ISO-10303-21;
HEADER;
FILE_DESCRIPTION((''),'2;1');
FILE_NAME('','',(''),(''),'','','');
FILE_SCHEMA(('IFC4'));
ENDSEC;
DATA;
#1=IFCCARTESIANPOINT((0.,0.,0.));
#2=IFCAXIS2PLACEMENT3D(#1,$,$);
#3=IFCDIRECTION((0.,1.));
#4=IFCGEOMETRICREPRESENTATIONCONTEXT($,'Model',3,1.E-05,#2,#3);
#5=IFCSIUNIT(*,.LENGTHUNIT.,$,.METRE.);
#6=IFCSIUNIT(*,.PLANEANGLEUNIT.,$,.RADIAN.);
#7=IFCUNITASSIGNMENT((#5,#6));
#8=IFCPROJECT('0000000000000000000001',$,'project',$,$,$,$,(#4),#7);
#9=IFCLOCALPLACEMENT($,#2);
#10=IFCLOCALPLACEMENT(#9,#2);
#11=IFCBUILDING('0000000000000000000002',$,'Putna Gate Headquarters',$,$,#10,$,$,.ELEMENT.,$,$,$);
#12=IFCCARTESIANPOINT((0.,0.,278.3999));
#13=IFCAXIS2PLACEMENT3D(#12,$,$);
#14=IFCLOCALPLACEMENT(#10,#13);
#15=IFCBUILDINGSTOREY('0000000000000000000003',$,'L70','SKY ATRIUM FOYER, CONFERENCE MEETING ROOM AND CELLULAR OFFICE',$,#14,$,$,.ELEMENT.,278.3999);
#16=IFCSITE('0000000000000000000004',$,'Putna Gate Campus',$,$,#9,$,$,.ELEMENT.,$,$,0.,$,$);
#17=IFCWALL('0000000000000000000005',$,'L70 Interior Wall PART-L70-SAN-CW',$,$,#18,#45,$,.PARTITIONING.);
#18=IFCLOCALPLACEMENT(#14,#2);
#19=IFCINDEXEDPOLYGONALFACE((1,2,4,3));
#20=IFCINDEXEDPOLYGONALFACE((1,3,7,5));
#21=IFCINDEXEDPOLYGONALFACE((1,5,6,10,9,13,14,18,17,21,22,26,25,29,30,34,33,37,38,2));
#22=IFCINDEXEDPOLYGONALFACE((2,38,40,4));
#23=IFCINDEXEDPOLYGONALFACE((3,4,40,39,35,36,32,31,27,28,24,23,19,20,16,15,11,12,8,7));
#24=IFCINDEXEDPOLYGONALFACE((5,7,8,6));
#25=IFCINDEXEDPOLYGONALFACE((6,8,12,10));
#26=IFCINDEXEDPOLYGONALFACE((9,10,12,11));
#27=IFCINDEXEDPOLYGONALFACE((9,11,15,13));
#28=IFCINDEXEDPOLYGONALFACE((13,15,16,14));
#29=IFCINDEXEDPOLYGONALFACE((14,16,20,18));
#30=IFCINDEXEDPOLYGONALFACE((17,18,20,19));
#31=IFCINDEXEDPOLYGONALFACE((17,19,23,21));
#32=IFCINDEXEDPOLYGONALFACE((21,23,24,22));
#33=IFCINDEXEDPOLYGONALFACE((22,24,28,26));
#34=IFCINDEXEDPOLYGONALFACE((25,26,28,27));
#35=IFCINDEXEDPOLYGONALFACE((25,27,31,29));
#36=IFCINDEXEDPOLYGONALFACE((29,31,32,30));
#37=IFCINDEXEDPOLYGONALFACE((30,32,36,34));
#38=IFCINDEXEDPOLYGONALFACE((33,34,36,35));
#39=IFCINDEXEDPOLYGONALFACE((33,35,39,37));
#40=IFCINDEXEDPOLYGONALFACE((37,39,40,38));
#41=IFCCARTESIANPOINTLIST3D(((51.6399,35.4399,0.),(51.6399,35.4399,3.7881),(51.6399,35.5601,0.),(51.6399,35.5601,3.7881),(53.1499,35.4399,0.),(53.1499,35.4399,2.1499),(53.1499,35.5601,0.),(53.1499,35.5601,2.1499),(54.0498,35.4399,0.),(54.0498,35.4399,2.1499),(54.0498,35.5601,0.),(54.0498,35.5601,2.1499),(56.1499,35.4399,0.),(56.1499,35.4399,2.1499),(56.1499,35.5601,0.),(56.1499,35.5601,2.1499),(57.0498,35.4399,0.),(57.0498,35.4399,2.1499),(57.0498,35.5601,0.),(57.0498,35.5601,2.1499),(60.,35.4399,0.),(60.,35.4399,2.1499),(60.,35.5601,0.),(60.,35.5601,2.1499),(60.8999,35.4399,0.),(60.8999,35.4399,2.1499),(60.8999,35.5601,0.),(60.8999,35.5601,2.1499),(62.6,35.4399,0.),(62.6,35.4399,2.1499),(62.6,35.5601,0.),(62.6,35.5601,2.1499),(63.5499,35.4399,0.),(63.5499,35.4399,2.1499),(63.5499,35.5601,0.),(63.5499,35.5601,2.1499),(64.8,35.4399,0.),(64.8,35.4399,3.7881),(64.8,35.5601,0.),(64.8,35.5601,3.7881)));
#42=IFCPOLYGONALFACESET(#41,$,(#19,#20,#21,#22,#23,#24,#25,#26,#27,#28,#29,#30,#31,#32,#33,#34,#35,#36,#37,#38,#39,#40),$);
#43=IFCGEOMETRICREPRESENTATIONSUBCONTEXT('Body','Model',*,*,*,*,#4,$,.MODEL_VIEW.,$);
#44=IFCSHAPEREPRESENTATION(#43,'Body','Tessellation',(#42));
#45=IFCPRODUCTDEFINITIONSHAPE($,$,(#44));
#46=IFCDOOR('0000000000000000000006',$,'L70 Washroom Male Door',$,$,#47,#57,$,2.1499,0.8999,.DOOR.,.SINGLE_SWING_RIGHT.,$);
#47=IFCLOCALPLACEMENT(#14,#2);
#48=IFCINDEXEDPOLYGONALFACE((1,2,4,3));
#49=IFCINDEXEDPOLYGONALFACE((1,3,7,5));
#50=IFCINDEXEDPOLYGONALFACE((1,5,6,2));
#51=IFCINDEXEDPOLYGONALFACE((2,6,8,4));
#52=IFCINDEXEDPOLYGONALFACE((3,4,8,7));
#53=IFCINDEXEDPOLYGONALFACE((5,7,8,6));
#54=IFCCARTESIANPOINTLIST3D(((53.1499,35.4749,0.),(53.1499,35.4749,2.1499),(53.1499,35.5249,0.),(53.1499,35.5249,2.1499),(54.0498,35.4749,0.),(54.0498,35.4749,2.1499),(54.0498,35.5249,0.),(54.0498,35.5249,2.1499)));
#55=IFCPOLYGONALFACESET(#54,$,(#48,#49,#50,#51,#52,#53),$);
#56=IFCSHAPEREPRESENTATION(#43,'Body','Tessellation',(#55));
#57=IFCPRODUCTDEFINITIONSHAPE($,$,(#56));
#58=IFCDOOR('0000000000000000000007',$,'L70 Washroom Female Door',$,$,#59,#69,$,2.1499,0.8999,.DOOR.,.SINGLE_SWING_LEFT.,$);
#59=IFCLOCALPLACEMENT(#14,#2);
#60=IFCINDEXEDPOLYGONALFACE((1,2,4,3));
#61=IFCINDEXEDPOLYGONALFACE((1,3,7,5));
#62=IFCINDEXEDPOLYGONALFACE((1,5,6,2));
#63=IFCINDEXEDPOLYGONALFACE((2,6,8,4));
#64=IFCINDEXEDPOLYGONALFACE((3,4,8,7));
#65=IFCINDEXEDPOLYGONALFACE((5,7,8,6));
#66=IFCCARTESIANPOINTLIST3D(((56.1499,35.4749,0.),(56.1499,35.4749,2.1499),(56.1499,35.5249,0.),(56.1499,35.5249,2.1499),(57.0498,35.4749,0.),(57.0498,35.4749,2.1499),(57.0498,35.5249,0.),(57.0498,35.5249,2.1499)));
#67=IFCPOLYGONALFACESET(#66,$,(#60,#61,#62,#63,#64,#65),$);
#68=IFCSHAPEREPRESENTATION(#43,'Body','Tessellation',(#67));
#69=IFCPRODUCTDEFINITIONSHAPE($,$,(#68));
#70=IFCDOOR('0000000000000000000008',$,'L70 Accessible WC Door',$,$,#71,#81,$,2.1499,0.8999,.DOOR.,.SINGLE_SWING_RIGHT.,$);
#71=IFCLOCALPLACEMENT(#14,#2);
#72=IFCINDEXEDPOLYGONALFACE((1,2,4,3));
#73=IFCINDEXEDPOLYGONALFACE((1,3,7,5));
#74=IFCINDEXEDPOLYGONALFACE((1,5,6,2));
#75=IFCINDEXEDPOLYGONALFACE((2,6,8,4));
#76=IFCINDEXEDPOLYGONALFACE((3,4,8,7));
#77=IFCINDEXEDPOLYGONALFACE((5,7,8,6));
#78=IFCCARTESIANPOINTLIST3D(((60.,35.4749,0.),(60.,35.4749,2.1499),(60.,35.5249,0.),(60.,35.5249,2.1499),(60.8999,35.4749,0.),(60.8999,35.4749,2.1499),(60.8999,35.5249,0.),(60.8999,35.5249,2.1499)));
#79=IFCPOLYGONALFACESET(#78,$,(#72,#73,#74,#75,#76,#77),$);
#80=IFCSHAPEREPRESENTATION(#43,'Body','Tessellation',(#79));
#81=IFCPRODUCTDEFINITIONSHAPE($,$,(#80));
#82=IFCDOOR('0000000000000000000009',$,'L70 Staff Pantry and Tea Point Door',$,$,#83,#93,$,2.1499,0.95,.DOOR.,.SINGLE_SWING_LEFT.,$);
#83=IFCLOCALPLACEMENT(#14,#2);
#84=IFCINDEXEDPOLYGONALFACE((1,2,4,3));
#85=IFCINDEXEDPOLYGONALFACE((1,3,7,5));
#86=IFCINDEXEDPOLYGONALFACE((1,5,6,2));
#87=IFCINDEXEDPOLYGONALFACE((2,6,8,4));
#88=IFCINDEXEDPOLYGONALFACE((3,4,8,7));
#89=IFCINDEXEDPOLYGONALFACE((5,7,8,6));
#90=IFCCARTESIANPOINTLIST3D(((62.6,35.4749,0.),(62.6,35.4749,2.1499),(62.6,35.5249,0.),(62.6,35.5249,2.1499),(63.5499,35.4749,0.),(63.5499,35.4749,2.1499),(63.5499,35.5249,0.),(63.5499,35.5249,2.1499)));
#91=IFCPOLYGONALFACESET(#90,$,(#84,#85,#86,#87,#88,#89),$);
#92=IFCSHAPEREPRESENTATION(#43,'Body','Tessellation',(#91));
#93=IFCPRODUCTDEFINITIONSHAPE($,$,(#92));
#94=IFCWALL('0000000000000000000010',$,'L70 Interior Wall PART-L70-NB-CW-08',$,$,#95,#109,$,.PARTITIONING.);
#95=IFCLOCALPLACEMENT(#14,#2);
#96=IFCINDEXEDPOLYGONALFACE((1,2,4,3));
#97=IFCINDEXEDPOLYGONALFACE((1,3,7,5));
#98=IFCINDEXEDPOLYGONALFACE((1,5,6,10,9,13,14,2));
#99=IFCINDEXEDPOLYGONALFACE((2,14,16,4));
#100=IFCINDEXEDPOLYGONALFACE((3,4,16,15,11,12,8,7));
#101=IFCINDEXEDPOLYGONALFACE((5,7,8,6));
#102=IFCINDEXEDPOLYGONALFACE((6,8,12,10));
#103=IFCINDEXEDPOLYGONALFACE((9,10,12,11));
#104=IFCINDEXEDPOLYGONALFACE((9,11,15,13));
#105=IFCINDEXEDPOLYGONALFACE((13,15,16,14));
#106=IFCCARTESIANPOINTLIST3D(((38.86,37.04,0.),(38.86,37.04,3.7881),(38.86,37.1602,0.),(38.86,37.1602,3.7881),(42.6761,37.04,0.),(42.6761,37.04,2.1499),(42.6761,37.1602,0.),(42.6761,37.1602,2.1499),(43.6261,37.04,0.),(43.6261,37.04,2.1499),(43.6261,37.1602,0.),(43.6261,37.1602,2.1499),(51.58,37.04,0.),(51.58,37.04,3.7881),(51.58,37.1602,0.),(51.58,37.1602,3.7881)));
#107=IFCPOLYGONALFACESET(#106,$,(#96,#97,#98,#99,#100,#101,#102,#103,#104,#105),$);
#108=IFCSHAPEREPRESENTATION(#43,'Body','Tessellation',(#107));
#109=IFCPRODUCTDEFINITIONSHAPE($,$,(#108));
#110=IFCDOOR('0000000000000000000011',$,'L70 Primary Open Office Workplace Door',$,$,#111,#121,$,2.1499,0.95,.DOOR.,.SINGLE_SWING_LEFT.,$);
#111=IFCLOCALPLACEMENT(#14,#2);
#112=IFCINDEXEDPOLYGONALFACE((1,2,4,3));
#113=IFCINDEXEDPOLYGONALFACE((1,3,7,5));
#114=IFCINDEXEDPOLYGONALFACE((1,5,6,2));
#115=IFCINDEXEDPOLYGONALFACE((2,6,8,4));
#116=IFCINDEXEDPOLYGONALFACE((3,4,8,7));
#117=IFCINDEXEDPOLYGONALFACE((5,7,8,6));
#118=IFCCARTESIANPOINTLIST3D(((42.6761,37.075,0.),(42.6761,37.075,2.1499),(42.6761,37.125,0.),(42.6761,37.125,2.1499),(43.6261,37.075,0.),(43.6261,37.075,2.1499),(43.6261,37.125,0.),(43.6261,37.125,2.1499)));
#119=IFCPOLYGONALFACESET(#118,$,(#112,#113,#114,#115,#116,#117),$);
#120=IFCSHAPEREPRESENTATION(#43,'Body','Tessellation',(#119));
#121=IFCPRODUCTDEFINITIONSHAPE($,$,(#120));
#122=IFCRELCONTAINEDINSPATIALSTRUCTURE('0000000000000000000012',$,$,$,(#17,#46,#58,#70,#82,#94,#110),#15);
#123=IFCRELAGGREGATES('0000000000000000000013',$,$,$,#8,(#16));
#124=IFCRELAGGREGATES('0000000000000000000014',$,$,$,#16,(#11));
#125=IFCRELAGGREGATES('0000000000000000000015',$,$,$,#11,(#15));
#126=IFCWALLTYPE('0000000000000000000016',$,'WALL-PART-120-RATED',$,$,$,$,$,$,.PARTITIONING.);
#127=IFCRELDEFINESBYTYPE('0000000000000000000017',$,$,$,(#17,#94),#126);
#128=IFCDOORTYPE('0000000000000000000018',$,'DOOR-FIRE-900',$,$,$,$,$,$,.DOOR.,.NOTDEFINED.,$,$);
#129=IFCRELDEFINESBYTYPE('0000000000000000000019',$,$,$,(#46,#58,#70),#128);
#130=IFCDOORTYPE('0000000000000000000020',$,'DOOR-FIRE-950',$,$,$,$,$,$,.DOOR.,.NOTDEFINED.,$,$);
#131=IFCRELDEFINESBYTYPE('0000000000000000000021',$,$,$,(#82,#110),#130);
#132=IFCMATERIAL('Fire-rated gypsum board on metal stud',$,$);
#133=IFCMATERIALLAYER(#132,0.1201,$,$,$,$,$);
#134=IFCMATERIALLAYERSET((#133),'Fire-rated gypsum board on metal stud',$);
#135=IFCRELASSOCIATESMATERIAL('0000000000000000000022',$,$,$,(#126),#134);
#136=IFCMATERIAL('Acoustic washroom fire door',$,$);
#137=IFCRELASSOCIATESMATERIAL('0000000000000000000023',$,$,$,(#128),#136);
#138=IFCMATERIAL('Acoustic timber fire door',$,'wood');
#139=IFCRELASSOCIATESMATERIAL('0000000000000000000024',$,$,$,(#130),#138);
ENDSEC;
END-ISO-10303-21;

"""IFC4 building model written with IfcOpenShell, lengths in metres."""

from ifc_helpers import new_model, si_unit, direction, frame, frame_2d, origin, place, context, subcontext, project, spatial, rectangle, extrude, material, layer, layer_set, type_object, element, fill, save


model = new_model("IFC4")

# Units and contexts
model_context = context("Model", 3, precision=1e-05, world=origin(), true_north=direction((0.0, 1.0)))
body_context = subcontext(model_context, "Body", "Model", "MODEL_VIEW")
ifc_project = project(units=[si_unit("LENGTHUNIT", "METRE"), si_unit("PLANEANGLEUNIT", "RADIAN")], contexts=[model_context])

# Site, building, storey
site_placement = place(None, origin())
site = spatial("IfcSite", under=ifc_project, at=site_placement, Name="Putna Gate Campus", CompositionType="ELEMENT", RefElevation=0.0)
building_placement = place(site_placement, origin())
building = spatial("IfcBuilding", under=site, at=building_placement, Name="Putna Gate Headquarters", CompositionType="ELEMENT")
storey_placement = place(building_placement, frame((0.0, 0.0, 278.3999)))
storey = spatial("IfcBuildingStorey", under=building, at=storey_placement, Name="L70", Description="SKY ATRIUM FOYER, CONFERENCE MEETING ROOM AND CELLULAR OFFICE", CompositionType="ELEMENT", Elevation=278.3999)

# Wall, openings, doors
ifc_material_1 = material(Name="Fire-rated gypsum board on metal stud")
ifc_layer_1 = layer(ifc_material_1, 0.1201)
ifc_layer_set_1 = layer_set([ifc_layer_1], Name="Fire-rated gypsum board on metal stud")
wall_type_1 = type_object("IfcWallType", Name="WALL-PART-120-RATED", PredefinedType="PARTITIONING", material=ifc_layer_set_1)
wall_1_placement = place(storey_placement, frame((51.6399, 35.5, 0.0), z_axis=(0.0, 0.0, 1.0), x_axis=(1.0, 0.0, 0.0)))
wall_1 = element("IfcWall", 1, at=wall_1_placement, inside=storey, type_object=wall_type_1, Name="L70 Interior Wall PART-L70-SAN-CW", PredefinedType="PARTITIONING", context=body_context, shape_type="SweptSolid", body=[
    extrude(rectangle(XDim=13.1602, YDim=0.1201, at=frame_2d((6.5801, 0.0))), origin(), (0.0, 0.0, 1.0), 3.7881),
])
opening_1_placement = place(wall_1_placement, frame((1.51, 0.0, 0.0)))
opening_1 = element("IfcOpeningElement", 2, at=opening_1_placement, cuts=wall_1, PredefinedType="OPENING", context=body_context, shape_type="SweptSolid", body=[
    extrude(rectangle(XDim=0.8999, YDim=2.1499, at=frame_2d((0.45, 1.075))), frame((0.0, 0.0701, 0.0), z_axis=(0.0, -1.0, 0.0), x_axis=(1.0, 0.0, 0.0)), (0.0, 0.0, 1.0), 0.1401),
])
opening_2_placement = place(wall_1_placement, frame((4.51, 0.0, 0.0)))
opening_2 = element("IfcOpeningElement", 3, at=opening_2_placement, cuts=wall_1, PredefinedType="OPENING", context=body_context, shape_type="SweptSolid", body=[
    extrude(rectangle(XDim=0.8999, YDim=2.1499, at=frame_2d((0.45, 1.075))), frame((0.0, 0.0701, 0.0), z_axis=(0.0, -1.0, 0.0), x_axis=(1.0, 0.0, 0.0)), (0.0, 0.0, 1.0), 0.1401),
])
opening_3_placement = place(wall_1_placement, frame((8.3601, 0.0, 0.0)))
opening_3 = element("IfcOpeningElement", 4, at=opening_3_placement, cuts=wall_1, PredefinedType="OPENING", context=body_context, shape_type="SweptSolid", body=[
    extrude(rectangle(XDim=0.8999, YDim=2.1499, at=frame_2d((0.45, 1.075))), frame((0.0, 0.0701, 0.0), z_axis=(0.0, -1.0, 0.0), x_axis=(1.0, 0.0, 0.0)), (0.0, 0.0, 1.0), 0.1401),
])
opening_4_placement = place(wall_1_placement, frame((10.96, 0.0, 0.0)))
opening_4 = element("IfcOpeningElement", 5, at=opening_4_placement, cuts=wall_1, PredefinedType="OPENING", context=body_context, shape_type="SweptSolid", body=[
    extrude(rectangle(XDim=0.95, YDim=2.1499, at=frame_2d((0.4751, 1.075))), frame((0.0, 0.0701, 0.0), z_axis=(0.0, -1.0, 0.0), x_axis=(1.0, 0.0, 0.0)), (0.0, 0.0, 1.0), 0.1401),
])
ifc_material_2 = material(Name="Acoustic washroom fire door")
door_type_1 = type_object("IfcDoorType", Name="DOOR-FIRE-900", OperationType="NOTDEFINED", PredefinedType="DOOR", material=ifc_material_2)
door_1_placement = place(opening_1_placement, origin())
door_1 = element("IfcDoor", 6, at=door_1_placement, inside=storey, type_object=door_type_1, Name="L70 Washroom Male Door", OperationType="SINGLE_SWING_RIGHT", OverallHeight=2.1499, OverallWidth=0.8999, PredefinedType="DOOR", context=body_context, shape_type="SweptSolid", body=[
    extrude(rectangle(XDim=0.8999, YDim=2.1499, at=frame_2d((0.45, 1.075))), frame((0.0, 0.0249, 0.0), z_axis=(0.0, -1.0, 0.0), x_axis=(1.0, 0.0, 0.0)), (0.0, 0.0, 1.0), 0.05),
])
fill(opening_1, door_1)
door_2_placement = place(opening_2_placement, origin())
door_2 = element("IfcDoor", 7, at=door_2_placement, inside=storey, type_object=door_type_1, Name="L70 Washroom Female Door", OperationType="SINGLE_SWING_LEFT", OverallHeight=2.1499, OverallWidth=0.8999, PredefinedType="DOOR", context=body_context, shape_type="SweptSolid", body=[
    extrude(rectangle(XDim=0.8999, YDim=2.1499, at=frame_2d((0.45, 1.075))), frame((0.0, 0.0249, 0.0), z_axis=(0.0, -1.0, 0.0), x_axis=(1.0, 0.0, 0.0)), (0.0, 0.0, 1.0), 0.05),
])
fill(opening_2, door_2)
door_3_placement = place(opening_3_placement, origin())
door_3 = element("IfcDoor", 8, at=door_3_placement, inside=storey, type_object=door_type_1, Name="L70 Accessible WC Door", OperationType="SINGLE_SWING_RIGHT", OverallHeight=2.1499, OverallWidth=0.8999, PredefinedType="DOOR", context=body_context, shape_type="SweptSolid", body=[
    extrude(rectangle(XDim=0.8999, YDim=2.1499, at=frame_2d((0.45, 1.075))), frame((0.0, 0.0249, 0.0), z_axis=(0.0, -1.0, 0.0), x_axis=(1.0, 0.0, 0.0)), (0.0, 0.0, 1.0), 0.05),
])
fill(opening_3, door_3)
ifc_material_3 = material(Name="Acoustic timber fire door", Category="wood")
door_type_2 = type_object("IfcDoorType", Name="DOOR-FIRE-950", OperationType="NOTDEFINED", PredefinedType="DOOR", material=ifc_material_3)
door_4_placement = place(opening_4_placement, origin())
door_4 = element("IfcDoor", 9, at=door_4_placement, inside=storey, type_object=door_type_2, Name="L70 Staff Pantry and Tea Point Door", OperationType="SINGLE_SWING_LEFT", OverallHeight=2.1499, OverallWidth=0.95, PredefinedType="DOOR", context=body_context, shape_type="SweptSolid", body=[
    extrude(rectangle(XDim=0.95, YDim=2.1499, at=frame_2d((0.4751, 1.075))), frame((0.0, 0.0249, 0.0), z_axis=(0.0, -1.0, 0.0), x_axis=(1.0, 0.0, 0.0)), (0.0, 0.0, 1.0), 0.05),
])
fill(opening_4, door_4)

# Wall, opening, door
wall_2_placement = place(storey_placement, frame((38.8601, 37.1001, 0.0), z_axis=(0.0, 0.0, 1.0), x_axis=(1.0, 0.0, 0.0)))
wall_2 = element("IfcWall", 10, at=wall_2_placement, inside=storey, type_object=wall_type_1, Name="L70 Interior Wall PART-L70-NB-CW-08", PredefinedType="PARTITIONING", context=body_context, shape_type="SweptSolid", body=[
    extrude(rectangle(XDim=12.72, YDim=0.1201, at=frame_2d((6.3599, 0.0))), origin(), (0.0, 0.0, 1.0), 3.7881),
])
opening_5_placement = place(wall_2_placement, frame((3.8159, 0.0, 0.0)))
opening_5 = element("IfcOpeningElement", 11, at=opening_5_placement, cuts=wall_2, PredefinedType="OPENING", context=body_context, shape_type="SweptSolid", body=[
    extrude(rectangle(XDim=0.95, YDim=2.1499, at=frame_2d((0.4751, 1.075))), frame((0.0, 0.0701, 0.0), z_axis=(0.0, -1.0, 0.0), x_axis=(1.0, 0.0, 0.0)), (0.0, 0.0, 1.0), 0.1401),
])
door_5_placement = place(opening_5_placement, origin())
door_5 = element("IfcDoor", 12, at=door_5_placement, inside=storey, type_object=door_type_2, Name="L70 Primary Open Office Workplace Door", OperationType="SINGLE_SWING_LEFT", OverallHeight=2.1499, OverallWidth=0.95, PredefinedType="DOOR", context=body_context, shape_type="SweptSolid", body=[
    extrude(rectangle(XDim=0.95, YDim=2.1499, at=frame_2d((0.4751, 1.075))), frame((0.0, 0.0249, 0.0), z_axis=(0.0, -1.0, 0.0), x_axis=(1.0, 0.0, 0.0)), (0.0, 0.0, 1.0), 0.05),
])
fill(opening_5, door_5)

save(model, "model.ifc")
